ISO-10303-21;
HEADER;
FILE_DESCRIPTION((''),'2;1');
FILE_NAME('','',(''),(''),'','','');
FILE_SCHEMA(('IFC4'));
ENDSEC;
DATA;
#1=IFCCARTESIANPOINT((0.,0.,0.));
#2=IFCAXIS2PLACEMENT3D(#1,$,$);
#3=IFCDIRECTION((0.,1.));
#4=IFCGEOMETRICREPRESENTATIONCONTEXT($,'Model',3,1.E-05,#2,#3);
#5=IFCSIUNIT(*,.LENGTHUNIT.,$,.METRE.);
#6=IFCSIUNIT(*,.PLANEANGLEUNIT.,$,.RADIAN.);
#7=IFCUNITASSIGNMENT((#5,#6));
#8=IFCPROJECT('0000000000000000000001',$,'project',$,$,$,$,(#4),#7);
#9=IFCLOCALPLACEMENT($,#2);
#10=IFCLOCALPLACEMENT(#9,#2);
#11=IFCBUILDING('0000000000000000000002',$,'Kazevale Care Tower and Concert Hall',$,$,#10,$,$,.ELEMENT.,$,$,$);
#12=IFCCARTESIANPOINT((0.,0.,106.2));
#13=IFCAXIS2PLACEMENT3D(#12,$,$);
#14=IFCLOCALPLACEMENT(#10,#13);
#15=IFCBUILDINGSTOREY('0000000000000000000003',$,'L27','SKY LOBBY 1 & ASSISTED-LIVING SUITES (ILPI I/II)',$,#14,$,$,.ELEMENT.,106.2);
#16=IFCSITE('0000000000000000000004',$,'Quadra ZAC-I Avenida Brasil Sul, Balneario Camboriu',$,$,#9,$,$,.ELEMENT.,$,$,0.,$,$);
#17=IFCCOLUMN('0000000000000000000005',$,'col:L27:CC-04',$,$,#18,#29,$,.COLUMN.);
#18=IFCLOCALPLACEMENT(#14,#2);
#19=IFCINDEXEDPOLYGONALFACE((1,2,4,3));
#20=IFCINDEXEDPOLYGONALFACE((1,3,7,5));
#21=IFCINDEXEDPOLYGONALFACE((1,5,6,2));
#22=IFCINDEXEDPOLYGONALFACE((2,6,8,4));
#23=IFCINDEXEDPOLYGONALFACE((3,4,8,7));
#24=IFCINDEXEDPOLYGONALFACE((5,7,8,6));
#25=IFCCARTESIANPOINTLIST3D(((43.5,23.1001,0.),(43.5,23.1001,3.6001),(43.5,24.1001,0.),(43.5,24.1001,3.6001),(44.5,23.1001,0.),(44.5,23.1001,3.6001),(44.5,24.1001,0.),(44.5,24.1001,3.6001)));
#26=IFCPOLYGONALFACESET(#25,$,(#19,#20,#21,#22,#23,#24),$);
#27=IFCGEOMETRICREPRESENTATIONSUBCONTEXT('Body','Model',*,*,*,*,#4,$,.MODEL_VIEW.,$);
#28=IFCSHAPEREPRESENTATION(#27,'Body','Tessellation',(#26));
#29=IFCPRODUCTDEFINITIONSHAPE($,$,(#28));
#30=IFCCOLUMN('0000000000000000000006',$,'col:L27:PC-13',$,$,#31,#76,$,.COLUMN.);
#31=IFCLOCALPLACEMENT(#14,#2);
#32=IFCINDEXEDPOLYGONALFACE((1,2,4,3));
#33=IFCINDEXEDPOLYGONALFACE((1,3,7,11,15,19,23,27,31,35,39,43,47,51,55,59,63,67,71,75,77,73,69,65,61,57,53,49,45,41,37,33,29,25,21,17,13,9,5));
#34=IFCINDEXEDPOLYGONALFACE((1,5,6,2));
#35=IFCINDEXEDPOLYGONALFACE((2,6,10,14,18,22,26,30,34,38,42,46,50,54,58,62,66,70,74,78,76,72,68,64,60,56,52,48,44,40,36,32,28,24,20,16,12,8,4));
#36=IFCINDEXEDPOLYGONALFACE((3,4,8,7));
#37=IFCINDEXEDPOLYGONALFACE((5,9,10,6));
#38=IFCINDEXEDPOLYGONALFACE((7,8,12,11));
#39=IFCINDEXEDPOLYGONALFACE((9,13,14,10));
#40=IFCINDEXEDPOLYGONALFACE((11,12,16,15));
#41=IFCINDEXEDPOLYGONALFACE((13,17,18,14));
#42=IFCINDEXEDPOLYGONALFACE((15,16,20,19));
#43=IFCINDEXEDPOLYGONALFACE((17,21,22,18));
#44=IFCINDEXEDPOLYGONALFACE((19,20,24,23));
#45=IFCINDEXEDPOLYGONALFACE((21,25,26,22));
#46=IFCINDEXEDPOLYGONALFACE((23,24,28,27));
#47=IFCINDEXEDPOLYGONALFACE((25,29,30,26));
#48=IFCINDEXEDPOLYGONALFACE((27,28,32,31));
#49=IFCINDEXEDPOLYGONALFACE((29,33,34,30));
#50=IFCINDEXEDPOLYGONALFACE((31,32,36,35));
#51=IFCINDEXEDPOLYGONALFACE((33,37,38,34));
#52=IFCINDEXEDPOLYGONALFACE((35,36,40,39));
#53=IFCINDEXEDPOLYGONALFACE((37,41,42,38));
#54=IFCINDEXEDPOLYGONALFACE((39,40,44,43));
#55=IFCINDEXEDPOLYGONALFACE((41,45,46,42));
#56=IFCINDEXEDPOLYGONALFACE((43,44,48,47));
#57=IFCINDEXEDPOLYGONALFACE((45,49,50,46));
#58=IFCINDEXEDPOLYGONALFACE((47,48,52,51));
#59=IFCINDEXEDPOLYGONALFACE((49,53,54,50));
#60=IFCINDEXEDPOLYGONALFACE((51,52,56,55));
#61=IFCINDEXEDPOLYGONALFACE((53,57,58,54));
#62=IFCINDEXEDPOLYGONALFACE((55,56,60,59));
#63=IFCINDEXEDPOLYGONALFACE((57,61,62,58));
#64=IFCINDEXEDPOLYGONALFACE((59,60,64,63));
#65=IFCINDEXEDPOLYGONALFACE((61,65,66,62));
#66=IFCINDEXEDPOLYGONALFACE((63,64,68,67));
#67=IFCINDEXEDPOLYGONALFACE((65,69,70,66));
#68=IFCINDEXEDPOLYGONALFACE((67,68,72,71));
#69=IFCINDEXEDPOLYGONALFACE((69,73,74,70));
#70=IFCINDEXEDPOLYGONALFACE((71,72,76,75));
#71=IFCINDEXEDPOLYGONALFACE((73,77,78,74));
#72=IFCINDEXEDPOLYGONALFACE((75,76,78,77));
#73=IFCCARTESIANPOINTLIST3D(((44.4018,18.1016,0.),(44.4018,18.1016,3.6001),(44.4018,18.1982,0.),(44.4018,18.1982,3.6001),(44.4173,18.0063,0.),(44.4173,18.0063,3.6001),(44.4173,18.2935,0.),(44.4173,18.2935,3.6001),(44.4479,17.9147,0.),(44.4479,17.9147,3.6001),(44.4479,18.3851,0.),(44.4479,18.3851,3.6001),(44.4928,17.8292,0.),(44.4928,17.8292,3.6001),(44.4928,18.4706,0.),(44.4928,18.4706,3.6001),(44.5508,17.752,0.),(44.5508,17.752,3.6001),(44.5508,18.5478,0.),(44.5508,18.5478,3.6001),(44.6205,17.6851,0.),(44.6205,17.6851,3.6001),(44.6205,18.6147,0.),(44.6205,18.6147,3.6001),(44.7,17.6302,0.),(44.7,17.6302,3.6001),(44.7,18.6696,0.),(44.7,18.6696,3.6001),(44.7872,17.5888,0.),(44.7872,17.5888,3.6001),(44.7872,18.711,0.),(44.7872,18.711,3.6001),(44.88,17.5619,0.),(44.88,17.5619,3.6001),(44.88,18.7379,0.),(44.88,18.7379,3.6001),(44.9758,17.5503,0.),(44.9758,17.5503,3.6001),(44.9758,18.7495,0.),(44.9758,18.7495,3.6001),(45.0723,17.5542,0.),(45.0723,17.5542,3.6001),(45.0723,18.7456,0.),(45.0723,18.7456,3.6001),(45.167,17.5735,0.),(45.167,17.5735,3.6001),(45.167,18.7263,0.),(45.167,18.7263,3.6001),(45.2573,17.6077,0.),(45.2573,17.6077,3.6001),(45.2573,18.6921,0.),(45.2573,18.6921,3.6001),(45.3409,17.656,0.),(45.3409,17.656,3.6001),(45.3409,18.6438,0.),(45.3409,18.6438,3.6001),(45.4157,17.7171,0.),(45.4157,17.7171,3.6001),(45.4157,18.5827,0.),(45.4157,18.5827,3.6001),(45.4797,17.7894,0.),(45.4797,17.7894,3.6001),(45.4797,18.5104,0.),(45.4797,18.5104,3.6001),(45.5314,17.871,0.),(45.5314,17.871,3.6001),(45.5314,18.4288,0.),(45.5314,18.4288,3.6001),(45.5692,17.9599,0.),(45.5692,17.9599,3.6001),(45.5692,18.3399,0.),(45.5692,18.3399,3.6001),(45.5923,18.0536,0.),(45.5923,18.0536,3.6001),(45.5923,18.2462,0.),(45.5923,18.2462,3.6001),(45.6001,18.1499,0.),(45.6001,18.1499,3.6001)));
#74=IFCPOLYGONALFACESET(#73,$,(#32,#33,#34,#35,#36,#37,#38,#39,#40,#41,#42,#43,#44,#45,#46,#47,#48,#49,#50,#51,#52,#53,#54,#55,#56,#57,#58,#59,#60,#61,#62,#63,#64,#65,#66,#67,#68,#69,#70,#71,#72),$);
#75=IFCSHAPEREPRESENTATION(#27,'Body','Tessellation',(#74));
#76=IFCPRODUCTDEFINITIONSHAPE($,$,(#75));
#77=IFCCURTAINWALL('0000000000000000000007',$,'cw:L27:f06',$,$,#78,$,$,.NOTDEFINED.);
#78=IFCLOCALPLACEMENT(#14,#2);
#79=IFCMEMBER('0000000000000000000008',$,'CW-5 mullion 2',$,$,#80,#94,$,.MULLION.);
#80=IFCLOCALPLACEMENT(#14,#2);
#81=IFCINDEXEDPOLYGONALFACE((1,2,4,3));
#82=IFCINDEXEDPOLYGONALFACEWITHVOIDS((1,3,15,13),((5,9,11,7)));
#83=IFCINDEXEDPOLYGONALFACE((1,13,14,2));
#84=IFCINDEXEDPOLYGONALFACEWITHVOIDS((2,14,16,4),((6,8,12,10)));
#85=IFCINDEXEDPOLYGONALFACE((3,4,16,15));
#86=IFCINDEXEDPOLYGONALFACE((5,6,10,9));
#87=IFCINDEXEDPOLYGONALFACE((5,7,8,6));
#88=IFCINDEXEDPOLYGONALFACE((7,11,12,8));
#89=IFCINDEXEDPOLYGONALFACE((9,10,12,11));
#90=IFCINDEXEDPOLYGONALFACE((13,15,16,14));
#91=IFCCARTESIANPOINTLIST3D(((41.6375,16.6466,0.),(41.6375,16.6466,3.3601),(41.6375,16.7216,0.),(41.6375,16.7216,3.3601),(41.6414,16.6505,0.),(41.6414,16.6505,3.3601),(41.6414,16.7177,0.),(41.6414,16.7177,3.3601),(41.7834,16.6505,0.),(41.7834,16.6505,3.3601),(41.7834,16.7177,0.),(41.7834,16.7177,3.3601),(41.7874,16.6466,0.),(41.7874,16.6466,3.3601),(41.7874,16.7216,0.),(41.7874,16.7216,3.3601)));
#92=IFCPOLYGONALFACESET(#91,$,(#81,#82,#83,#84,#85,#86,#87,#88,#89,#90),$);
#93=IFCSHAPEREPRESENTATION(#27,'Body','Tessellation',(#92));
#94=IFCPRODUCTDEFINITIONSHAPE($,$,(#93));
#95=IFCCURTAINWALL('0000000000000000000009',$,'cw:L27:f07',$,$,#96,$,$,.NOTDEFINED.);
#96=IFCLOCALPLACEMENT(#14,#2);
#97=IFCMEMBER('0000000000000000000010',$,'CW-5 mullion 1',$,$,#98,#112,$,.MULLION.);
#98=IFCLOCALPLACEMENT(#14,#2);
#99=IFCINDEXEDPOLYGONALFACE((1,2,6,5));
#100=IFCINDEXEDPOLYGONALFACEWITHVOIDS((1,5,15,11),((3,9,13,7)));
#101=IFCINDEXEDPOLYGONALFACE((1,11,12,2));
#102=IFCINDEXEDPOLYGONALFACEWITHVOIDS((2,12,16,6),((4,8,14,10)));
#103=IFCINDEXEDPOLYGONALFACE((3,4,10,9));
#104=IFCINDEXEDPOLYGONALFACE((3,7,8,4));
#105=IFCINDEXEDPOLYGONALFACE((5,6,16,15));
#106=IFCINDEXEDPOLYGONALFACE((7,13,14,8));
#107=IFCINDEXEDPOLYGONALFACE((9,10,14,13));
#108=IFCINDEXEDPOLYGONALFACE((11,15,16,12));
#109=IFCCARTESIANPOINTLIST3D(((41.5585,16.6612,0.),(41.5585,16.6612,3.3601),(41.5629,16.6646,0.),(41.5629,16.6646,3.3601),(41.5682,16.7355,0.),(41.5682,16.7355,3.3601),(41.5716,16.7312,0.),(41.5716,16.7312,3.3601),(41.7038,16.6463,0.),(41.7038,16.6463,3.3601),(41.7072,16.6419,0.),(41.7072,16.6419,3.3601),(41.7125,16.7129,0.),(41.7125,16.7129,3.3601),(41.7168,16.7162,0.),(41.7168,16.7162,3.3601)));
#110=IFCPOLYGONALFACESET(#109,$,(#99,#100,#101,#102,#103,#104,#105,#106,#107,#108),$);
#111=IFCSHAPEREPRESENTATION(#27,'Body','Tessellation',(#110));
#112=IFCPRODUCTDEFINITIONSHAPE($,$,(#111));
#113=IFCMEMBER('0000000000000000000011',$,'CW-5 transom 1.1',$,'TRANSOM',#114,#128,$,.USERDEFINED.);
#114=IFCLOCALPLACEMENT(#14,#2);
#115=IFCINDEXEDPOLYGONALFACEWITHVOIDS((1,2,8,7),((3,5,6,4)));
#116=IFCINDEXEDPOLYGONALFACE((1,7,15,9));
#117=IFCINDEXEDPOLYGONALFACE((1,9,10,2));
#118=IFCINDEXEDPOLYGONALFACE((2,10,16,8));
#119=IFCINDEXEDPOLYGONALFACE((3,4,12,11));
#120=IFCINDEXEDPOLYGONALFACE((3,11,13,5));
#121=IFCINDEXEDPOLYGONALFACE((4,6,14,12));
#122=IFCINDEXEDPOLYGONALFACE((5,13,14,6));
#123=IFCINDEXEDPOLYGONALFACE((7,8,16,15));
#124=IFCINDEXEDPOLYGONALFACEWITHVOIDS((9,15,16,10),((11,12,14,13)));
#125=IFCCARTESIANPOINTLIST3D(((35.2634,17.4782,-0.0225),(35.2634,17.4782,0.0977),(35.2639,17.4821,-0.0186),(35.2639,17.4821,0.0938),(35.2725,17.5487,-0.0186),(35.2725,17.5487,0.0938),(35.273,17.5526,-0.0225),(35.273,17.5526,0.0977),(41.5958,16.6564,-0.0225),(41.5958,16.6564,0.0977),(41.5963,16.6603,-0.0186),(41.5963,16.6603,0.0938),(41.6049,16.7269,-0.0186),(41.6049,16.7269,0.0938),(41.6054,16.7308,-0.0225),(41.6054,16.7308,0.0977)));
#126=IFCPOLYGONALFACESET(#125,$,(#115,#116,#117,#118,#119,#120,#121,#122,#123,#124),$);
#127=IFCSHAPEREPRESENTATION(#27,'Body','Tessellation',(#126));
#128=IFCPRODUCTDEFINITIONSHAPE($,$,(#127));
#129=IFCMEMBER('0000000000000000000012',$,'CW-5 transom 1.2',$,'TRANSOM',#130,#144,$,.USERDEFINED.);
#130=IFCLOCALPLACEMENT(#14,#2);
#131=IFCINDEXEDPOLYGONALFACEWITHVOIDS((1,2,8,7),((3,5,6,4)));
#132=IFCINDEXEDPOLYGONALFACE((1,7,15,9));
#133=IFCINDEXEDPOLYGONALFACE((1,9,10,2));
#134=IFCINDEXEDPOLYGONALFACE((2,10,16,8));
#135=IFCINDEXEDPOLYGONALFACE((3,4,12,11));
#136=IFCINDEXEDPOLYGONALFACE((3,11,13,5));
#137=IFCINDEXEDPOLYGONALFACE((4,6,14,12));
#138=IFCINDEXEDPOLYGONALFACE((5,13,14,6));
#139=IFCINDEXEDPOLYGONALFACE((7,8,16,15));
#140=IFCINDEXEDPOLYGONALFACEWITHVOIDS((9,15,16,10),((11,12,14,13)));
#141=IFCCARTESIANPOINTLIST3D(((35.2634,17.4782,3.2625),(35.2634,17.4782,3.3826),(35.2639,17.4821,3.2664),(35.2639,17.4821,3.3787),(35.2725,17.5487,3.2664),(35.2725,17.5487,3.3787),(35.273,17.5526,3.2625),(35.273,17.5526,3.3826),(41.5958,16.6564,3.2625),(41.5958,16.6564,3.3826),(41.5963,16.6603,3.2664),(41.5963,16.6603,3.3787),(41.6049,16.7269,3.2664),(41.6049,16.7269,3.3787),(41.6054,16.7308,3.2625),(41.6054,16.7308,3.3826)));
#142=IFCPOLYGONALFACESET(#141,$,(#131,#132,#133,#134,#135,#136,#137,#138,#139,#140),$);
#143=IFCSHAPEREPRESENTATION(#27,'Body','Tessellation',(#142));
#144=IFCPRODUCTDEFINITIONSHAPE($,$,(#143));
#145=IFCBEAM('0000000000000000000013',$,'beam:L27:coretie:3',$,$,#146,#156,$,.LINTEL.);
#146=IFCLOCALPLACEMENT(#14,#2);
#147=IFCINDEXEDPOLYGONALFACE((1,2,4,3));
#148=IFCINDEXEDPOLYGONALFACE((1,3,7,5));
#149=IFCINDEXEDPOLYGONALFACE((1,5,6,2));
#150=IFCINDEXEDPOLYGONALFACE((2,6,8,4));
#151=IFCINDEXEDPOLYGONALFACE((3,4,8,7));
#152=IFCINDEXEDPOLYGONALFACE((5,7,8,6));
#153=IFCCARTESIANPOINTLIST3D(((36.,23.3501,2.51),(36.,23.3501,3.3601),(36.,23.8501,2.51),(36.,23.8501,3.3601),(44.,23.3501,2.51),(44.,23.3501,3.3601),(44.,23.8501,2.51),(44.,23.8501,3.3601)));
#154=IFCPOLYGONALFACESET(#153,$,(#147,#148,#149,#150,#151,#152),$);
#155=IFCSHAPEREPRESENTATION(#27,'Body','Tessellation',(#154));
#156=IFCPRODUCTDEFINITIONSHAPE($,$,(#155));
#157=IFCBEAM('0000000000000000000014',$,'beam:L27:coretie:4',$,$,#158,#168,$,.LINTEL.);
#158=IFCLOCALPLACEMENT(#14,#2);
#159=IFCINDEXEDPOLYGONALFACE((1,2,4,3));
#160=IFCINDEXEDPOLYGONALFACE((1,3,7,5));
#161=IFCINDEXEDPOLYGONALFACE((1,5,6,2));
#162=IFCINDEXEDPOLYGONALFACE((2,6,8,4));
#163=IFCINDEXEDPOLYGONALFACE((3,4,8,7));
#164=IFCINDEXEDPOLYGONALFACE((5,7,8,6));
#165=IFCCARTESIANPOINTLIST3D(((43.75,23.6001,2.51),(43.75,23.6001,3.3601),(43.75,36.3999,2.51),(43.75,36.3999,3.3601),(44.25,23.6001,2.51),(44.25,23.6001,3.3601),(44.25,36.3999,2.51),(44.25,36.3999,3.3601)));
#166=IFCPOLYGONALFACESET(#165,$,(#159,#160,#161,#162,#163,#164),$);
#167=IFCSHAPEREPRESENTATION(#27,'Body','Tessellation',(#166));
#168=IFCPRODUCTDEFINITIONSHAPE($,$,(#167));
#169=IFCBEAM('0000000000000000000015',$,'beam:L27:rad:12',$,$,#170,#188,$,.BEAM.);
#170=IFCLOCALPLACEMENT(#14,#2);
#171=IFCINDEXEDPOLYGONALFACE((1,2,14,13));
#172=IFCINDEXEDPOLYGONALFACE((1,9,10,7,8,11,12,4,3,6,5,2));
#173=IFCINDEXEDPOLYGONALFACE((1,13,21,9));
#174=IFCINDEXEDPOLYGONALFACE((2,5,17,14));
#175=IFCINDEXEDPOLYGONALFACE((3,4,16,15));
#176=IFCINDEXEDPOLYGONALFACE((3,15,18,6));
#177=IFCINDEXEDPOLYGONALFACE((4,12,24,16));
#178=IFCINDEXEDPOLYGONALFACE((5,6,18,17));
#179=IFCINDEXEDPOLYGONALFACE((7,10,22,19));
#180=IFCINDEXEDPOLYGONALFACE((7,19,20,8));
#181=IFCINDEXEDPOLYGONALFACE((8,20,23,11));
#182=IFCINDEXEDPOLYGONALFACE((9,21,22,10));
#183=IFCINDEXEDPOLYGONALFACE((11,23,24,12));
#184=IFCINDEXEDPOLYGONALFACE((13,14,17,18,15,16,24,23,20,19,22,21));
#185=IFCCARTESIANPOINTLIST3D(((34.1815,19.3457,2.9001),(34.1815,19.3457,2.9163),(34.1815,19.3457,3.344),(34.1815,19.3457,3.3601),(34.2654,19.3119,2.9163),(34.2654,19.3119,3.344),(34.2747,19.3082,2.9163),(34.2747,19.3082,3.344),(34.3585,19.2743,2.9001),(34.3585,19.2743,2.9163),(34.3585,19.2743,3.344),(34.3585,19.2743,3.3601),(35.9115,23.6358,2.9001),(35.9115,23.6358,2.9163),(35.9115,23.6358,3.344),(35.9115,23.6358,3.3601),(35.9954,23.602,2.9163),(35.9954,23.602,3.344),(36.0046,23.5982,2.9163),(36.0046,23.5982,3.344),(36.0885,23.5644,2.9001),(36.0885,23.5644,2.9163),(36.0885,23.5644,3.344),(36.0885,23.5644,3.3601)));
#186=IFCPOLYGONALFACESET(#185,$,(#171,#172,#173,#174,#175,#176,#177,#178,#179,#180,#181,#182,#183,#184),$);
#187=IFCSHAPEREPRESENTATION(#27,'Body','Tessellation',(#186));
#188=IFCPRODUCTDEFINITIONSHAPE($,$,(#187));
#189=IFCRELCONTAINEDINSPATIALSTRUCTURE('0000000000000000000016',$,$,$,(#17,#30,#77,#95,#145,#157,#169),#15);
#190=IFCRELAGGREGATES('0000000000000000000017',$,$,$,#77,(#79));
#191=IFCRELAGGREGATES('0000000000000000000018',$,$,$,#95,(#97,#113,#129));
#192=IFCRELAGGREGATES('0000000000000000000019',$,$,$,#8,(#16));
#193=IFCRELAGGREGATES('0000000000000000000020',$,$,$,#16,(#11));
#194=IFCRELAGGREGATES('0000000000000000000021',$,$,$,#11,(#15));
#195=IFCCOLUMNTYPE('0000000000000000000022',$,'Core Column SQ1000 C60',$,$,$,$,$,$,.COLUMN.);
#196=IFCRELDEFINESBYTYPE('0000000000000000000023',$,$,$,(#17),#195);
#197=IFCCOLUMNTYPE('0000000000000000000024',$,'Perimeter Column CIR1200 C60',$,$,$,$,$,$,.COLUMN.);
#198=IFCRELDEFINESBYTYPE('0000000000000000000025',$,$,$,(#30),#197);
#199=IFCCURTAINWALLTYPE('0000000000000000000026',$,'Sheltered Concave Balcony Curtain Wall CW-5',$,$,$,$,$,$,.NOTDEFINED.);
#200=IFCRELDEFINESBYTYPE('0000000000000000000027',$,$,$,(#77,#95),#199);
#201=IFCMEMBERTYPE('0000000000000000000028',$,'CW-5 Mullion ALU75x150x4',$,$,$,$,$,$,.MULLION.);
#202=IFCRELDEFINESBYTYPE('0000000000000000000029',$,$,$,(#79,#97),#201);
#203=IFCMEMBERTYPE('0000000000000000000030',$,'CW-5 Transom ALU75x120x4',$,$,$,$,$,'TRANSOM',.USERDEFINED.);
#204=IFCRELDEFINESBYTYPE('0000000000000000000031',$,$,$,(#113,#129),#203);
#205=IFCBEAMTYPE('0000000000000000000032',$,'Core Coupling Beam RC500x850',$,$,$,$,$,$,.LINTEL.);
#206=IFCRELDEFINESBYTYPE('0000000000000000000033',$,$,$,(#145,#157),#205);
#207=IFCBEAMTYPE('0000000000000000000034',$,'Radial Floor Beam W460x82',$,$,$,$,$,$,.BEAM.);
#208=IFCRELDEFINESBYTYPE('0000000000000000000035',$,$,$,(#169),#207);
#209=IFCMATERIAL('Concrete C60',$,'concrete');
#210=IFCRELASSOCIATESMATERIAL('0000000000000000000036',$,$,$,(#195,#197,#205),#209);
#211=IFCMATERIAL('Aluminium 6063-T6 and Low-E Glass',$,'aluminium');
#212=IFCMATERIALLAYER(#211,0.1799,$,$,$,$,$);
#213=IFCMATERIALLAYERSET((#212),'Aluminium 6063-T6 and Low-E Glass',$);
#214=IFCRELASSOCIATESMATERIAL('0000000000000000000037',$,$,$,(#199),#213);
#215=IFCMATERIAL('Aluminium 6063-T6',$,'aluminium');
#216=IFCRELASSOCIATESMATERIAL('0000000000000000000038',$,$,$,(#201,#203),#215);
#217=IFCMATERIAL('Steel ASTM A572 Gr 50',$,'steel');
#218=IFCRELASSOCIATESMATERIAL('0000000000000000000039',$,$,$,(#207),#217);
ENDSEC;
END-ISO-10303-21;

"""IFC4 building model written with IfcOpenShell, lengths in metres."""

from ifc_helpers import new_model, si_unit, direction, frame, origin, origin_2d, place, context, subcontext, project, spatial, rectangle, hollow_rectangle, circle, i_section, extrude, material, layer, layer_set, material_profile, profile_set, type_object, element, aggregate, save


model = new_model("IFC4")

# Units and contexts
model_context = context("Model", 3, precision=1e-05, world=origin(), true_north=direction((0.0, 1.0)))
body_context = subcontext(model_context, "Body", "Model", "MODEL_VIEW")
ifc_project = project(units=[si_unit("LENGTHUNIT", "METRE"), si_unit("PLANEANGLEUNIT", "RADIAN")], contexts=[model_context])

# Site, building, storey
site_placement = place(None, origin())
site = spatial("IfcSite", under=ifc_project, at=site_placement, Name="Quadra ZAC-I Avenida Brasil Sul, Balneario Camboriu", CompositionType="ELEMENT", RefElevation=0.0)
building_placement = place(site_placement, origin())
building = spatial("IfcBuilding", under=site, at=building_placement, Name="Kazevale Care Tower and Concert Hall", CompositionType="ELEMENT")
storey_placement = place(building_placement, frame((0.0, 0.0, 106.2)))
storey = spatial("IfcBuildingStorey", under=building, at=storey_placement, Name="L27", Description="SKY LOBBY 1 & ASSISTED-LIVING SUITES (ILPI I/II)", CompositionType="ELEMENT", Elevation=106.2)

# Columns
ifc_material_1 = material(Name="Concrete C60", Category="concrete")
ifc_material_profile_1 = material_profile(ifc_material_1, rectangle(XDim=1.0, YDim=1.0, at=origin_2d()), Name="RC-SQ1000")
ifc_profile_set_1 = profile_set([ifc_material_profile_1], Name="Concrete C60")
column_type_1 = type_object("IfcColumnType", Name="Core Column SQ1000 C60", PredefinedType="COLUMN", material=ifc_profile_set_1)
column_1_placement = place(storey_placement, frame((44.0, 23.6001, 0.0), z_axis=(0.0, 0.0, 1.0), x_axis=(1.0, 0.0, 0.0)))
element("IfcColumn", 1, at=column_1_placement, inside=storey, type_object=column_type_1, Name="col:L27:CC-04", PredefinedType="COLUMN", context=body_context, shape_type="SweptSolid", body=[
    extrude(rectangle(XDim=1.0, YDim=1.0, at=origin_2d()), origin(), (0.0, 0.0, 1.0), 3.6001),
])
ifc_material_profile_2 = material_profile(ifc_material_1, circle(Radius=0.6001, at=origin_2d()), Name="RC-CIR1200")
ifc_profile_set_2 = profile_set([ifc_material_profile_2], Name="Concrete C60")
column_type_2 = type_object("IfcColumnType", Name="Perimeter Column CIR1200 C60", PredefinedType="COLUMN", material=ifc_profile_set_2)
column_2_placement = place(storey_placement, frame((45.0, 18.1499, 0.0), z_axis=(0.0, 0.0, 1.0), x_axis=(1.0, 0.0, 0.0)))
element("IfcColumn", 2, at=column_2_placement, inside=storey, type_object=column_type_2, Name="col:L27:PC-13", PredefinedType="COLUMN", context=body_context, shape_type="SweptSolid", body=[
    extrude(circle(Radius=0.6001, at=origin_2d()), origin(), (0.0, 0.0, 1.0), 3.6001),
])

# Curtain wall, member
ifc_material_2 = material(Name="Aluminium 6063-T6 and Low-E Glass", Category="aluminium")
ifc_layer_1 = layer(ifc_material_2, 0.1799)
ifc_layer_set_1 = layer_set([ifc_layer_1], Name="Aluminium 6063-T6 and Low-E Glass")
curtain_wall_type = type_object("IfcCurtainWallType", Name="Sheltered Concave Balcony Curtain Wall CW-5", PredefinedType="NOTDEFINED", material=ifc_layer_set_1)
curtain_wall_1_placement = place(storey_placement, origin())
curtain_wall_1 = element("IfcCurtainWall", 3, at=curtain_wall_1_placement, inside=storey, type_object=curtain_wall_type, Name="cw:L27:f06", PredefinedType="NOTDEFINED")
ifc_material_3 = material(Name="Aluminium 6063-T6", Category="aluminium")
ifc_material_profile_3 = material_profile(ifc_material_3, hollow_rectangle(XDim=0.075, YDim=0.1499, WallThickness=0.0039, at=origin_2d()), Name="ALU75x150x4")
ifc_profile_set_3 = profile_set([ifc_material_profile_3], Name="Aluminium 6063-T6")
member_type_1 = type_object("IfcMemberType", Name="CW-5 Mullion ALU75x150x4", PredefinedType="MULLION", material=ifc_profile_set_3)
member_1_placement = place(storey_placement, frame((41.7124, 16.6841, 0.0), z_axis=(0.0, 0.0, 1.0), x_axis=(0.0, -1.0, 0.0)))
member_1 = element("IfcMember", 4, at=member_1_placement, type_object=member_type_1, Name="CW-5 mullion 2", PredefinedType="MULLION", context=body_context, shape_type="SweptSolid", body=[
    extrude(hollow_rectangle(XDim=0.075, YDim=0.1499, WallThickness=0.0039, at=origin_2d()), origin(), (0.0, 0.0, 1.0), 3.3601),
])

# Curtain wall, members
curtain_wall_2_placement = place(storey_placement, origin())
curtain_wall_2 = element("IfcCurtainWall", 5, at=curtain_wall_2_placement, inside=storey, type_object=curtain_wall_type, Name="cw:L27:f07", PredefinedType="NOTDEFINED")
member_2_placement = place(storey_placement, frame((41.6377, 16.6887, 0.0), z_axis=(0.0, 0.0, 1.0), x_axis=(-0.128685, -0.991686, 0.0)))
member_2 = element("IfcMember", 6, at=member_2_placement, type_object=member_type_1, Name="CW-5 mullion 1", PredefinedType="MULLION", context=body_context, shape_type="SweptSolid", body=[
    extrude(hollow_rectangle(XDim=0.075, YDim=0.1499, WallThickness=0.0039, at=origin_2d()), origin(), (0.0, 0.0, 1.0), 3.3601),
])
ifc_material_profile_4 = material_profile(ifc_material_3, hollow_rectangle(XDim=0.075, YDim=0.1201, WallThickness=0.0039, at=origin_2d()), Name="ALU75x120x4")
ifc_profile_set_4 = profile_set([ifc_material_profile_4], Name="Aluminium 6063-T6")
member_type_2 = type_object("IfcMemberType", Name="CW-5 Transom ALU75x120x4", ElementType="TRANSOM", PredefinedType="USERDEFINED", material=ifc_profile_set_4)
member_3_placement = place(storey_placement, frame((41.6006, 16.6936, 0.0376), z_axis=(-0.991684, 0.128697, 0.0), x_axis=(-0.128697, -0.991684, 0.0)))
member_3 = element("IfcMember", 7, at=member_3_placement, type_object=member_type_2, Name="CW-5 transom 1.1", ObjectType="TRANSOM", PredefinedType="USERDEFINED", context=body_context, shape_type="SweptSolid", body=[
    extrude(hollow_rectangle(XDim=0.075, YDim=0.1201, WallThickness=0.0039, at=origin_2d()), origin(), (0.0, 0.0, 1.0), 6.3855),
])
member_4_placement = place(storey_placement, frame((41.6006, 16.6936, 3.3225), z_axis=(-0.991684, 0.128697, 0.0), x_axis=(-0.128697, -0.991684, 0.0)))
member_4 = element("IfcMember", 8, at=member_4_placement, type_object=member_type_2, Name="CW-5 transom 1.2", ObjectType="TRANSOM", PredefinedType="USERDEFINED", context=body_context, shape_type="SweptSolid", body=[
    extrude(hollow_rectangle(XDim=0.075, YDim=0.1201, WallThickness=0.0039, at=origin_2d()), origin(), (0.0, 0.0, 1.0), 6.3855),
])

# Beams
ifc_material_profile_5 = material_profile(ifc_material_1, rectangle(XDim=0.5, YDim=0.8501, at=origin_2d()), Name="RC-B500x850")
ifc_profile_set_5 = profile_set([ifc_material_profile_5], Name="Concrete C60")
beam_type_1 = type_object("IfcBeamType", Name="Core Coupling Beam RC500x850", PredefinedType="LINTEL", material=ifc_profile_set_5)
beam_1_placement = place(storey_placement, frame((36.0, 23.6001, 2.9351), z_axis=(1.0, 0.0, 0.0), x_axis=(0.0, 1.0, 0.0)))
element("IfcBeam", 9, at=beam_1_placement, inside=storey, type_object=beam_type_1, Name="beam:L27:coretie:3", PredefinedType="LINTEL", context=body_context, shape_type="SweptSolid", body=[
    extrude(rectangle(XDim=0.5, YDim=0.8501, at=origin_2d()), origin(), (0.0, 0.0, 1.0), 8.0),
])
beam_2_placement = place(storey_placement, frame((44.0, 23.6001, 2.9351), z_axis=(0.0, 1.0, 0.0), x_axis=(-1.0, 0.0, 0.0)))
element("IfcBeam", 10, at=beam_2_placement, inside=storey, type_object=beam_type_1, Name="beam:L27:coretie:4", PredefinedType="LINTEL", context=body_context, shape_type="SweptSolid", body=[
    extrude(rectangle(XDim=0.5, YDim=0.8501, at=origin_2d()), origin(), (0.0, 0.0, 1.0), 12.7998),
])
ifc_material_4 = material(Name="Steel ASTM A572 Gr 50", Category="steel")
ifc_material_profile_6 = material_profile(ifc_material_4, i_section(OverallWidth=0.1909, OverallDepth=0.46, WebThickness=0.01, FlangeThickness=0.0161, at=origin_2d()), Name="W460x82")
ifc_profile_set_6 = profile_set([ifc_material_profile_6], Name="Steel ASTM A572 Gr 50")
beam_type_2 = type_object("IfcBeamType", Name="Radial Floor Beam W460x82", PredefinedType="BEAM", material=ifc_profile_set_6)
beam_3_placement = place(storey_placement, frame((36.0, 23.6001, 3.1301), z_axis=(-0.373992, -0.927432, 0.0), x_axis=(0.927432, -0.373992, 0.0)))
element("IfcBeam", 11, at=beam_3_placement, inside=storey, type_object=beam_type_2, Name="beam:L27:rad:12", PredefinedType="BEAM", context=body_context, shape_type="SweptSolid", body=[
    extrude(i_section(OverallWidth=0.1909, OverallDepth=0.46, WebThickness=0.01, FlangeThickness=0.0161, at=origin_2d()), origin(), (0.0, 0.0, 1.0), 4.6257),
])

aggregate(curtain_wall_1, [member_1])
aggregate(curtain_wall_2, [member_2, member_3, member_4])

save(model, "model.ifc")
